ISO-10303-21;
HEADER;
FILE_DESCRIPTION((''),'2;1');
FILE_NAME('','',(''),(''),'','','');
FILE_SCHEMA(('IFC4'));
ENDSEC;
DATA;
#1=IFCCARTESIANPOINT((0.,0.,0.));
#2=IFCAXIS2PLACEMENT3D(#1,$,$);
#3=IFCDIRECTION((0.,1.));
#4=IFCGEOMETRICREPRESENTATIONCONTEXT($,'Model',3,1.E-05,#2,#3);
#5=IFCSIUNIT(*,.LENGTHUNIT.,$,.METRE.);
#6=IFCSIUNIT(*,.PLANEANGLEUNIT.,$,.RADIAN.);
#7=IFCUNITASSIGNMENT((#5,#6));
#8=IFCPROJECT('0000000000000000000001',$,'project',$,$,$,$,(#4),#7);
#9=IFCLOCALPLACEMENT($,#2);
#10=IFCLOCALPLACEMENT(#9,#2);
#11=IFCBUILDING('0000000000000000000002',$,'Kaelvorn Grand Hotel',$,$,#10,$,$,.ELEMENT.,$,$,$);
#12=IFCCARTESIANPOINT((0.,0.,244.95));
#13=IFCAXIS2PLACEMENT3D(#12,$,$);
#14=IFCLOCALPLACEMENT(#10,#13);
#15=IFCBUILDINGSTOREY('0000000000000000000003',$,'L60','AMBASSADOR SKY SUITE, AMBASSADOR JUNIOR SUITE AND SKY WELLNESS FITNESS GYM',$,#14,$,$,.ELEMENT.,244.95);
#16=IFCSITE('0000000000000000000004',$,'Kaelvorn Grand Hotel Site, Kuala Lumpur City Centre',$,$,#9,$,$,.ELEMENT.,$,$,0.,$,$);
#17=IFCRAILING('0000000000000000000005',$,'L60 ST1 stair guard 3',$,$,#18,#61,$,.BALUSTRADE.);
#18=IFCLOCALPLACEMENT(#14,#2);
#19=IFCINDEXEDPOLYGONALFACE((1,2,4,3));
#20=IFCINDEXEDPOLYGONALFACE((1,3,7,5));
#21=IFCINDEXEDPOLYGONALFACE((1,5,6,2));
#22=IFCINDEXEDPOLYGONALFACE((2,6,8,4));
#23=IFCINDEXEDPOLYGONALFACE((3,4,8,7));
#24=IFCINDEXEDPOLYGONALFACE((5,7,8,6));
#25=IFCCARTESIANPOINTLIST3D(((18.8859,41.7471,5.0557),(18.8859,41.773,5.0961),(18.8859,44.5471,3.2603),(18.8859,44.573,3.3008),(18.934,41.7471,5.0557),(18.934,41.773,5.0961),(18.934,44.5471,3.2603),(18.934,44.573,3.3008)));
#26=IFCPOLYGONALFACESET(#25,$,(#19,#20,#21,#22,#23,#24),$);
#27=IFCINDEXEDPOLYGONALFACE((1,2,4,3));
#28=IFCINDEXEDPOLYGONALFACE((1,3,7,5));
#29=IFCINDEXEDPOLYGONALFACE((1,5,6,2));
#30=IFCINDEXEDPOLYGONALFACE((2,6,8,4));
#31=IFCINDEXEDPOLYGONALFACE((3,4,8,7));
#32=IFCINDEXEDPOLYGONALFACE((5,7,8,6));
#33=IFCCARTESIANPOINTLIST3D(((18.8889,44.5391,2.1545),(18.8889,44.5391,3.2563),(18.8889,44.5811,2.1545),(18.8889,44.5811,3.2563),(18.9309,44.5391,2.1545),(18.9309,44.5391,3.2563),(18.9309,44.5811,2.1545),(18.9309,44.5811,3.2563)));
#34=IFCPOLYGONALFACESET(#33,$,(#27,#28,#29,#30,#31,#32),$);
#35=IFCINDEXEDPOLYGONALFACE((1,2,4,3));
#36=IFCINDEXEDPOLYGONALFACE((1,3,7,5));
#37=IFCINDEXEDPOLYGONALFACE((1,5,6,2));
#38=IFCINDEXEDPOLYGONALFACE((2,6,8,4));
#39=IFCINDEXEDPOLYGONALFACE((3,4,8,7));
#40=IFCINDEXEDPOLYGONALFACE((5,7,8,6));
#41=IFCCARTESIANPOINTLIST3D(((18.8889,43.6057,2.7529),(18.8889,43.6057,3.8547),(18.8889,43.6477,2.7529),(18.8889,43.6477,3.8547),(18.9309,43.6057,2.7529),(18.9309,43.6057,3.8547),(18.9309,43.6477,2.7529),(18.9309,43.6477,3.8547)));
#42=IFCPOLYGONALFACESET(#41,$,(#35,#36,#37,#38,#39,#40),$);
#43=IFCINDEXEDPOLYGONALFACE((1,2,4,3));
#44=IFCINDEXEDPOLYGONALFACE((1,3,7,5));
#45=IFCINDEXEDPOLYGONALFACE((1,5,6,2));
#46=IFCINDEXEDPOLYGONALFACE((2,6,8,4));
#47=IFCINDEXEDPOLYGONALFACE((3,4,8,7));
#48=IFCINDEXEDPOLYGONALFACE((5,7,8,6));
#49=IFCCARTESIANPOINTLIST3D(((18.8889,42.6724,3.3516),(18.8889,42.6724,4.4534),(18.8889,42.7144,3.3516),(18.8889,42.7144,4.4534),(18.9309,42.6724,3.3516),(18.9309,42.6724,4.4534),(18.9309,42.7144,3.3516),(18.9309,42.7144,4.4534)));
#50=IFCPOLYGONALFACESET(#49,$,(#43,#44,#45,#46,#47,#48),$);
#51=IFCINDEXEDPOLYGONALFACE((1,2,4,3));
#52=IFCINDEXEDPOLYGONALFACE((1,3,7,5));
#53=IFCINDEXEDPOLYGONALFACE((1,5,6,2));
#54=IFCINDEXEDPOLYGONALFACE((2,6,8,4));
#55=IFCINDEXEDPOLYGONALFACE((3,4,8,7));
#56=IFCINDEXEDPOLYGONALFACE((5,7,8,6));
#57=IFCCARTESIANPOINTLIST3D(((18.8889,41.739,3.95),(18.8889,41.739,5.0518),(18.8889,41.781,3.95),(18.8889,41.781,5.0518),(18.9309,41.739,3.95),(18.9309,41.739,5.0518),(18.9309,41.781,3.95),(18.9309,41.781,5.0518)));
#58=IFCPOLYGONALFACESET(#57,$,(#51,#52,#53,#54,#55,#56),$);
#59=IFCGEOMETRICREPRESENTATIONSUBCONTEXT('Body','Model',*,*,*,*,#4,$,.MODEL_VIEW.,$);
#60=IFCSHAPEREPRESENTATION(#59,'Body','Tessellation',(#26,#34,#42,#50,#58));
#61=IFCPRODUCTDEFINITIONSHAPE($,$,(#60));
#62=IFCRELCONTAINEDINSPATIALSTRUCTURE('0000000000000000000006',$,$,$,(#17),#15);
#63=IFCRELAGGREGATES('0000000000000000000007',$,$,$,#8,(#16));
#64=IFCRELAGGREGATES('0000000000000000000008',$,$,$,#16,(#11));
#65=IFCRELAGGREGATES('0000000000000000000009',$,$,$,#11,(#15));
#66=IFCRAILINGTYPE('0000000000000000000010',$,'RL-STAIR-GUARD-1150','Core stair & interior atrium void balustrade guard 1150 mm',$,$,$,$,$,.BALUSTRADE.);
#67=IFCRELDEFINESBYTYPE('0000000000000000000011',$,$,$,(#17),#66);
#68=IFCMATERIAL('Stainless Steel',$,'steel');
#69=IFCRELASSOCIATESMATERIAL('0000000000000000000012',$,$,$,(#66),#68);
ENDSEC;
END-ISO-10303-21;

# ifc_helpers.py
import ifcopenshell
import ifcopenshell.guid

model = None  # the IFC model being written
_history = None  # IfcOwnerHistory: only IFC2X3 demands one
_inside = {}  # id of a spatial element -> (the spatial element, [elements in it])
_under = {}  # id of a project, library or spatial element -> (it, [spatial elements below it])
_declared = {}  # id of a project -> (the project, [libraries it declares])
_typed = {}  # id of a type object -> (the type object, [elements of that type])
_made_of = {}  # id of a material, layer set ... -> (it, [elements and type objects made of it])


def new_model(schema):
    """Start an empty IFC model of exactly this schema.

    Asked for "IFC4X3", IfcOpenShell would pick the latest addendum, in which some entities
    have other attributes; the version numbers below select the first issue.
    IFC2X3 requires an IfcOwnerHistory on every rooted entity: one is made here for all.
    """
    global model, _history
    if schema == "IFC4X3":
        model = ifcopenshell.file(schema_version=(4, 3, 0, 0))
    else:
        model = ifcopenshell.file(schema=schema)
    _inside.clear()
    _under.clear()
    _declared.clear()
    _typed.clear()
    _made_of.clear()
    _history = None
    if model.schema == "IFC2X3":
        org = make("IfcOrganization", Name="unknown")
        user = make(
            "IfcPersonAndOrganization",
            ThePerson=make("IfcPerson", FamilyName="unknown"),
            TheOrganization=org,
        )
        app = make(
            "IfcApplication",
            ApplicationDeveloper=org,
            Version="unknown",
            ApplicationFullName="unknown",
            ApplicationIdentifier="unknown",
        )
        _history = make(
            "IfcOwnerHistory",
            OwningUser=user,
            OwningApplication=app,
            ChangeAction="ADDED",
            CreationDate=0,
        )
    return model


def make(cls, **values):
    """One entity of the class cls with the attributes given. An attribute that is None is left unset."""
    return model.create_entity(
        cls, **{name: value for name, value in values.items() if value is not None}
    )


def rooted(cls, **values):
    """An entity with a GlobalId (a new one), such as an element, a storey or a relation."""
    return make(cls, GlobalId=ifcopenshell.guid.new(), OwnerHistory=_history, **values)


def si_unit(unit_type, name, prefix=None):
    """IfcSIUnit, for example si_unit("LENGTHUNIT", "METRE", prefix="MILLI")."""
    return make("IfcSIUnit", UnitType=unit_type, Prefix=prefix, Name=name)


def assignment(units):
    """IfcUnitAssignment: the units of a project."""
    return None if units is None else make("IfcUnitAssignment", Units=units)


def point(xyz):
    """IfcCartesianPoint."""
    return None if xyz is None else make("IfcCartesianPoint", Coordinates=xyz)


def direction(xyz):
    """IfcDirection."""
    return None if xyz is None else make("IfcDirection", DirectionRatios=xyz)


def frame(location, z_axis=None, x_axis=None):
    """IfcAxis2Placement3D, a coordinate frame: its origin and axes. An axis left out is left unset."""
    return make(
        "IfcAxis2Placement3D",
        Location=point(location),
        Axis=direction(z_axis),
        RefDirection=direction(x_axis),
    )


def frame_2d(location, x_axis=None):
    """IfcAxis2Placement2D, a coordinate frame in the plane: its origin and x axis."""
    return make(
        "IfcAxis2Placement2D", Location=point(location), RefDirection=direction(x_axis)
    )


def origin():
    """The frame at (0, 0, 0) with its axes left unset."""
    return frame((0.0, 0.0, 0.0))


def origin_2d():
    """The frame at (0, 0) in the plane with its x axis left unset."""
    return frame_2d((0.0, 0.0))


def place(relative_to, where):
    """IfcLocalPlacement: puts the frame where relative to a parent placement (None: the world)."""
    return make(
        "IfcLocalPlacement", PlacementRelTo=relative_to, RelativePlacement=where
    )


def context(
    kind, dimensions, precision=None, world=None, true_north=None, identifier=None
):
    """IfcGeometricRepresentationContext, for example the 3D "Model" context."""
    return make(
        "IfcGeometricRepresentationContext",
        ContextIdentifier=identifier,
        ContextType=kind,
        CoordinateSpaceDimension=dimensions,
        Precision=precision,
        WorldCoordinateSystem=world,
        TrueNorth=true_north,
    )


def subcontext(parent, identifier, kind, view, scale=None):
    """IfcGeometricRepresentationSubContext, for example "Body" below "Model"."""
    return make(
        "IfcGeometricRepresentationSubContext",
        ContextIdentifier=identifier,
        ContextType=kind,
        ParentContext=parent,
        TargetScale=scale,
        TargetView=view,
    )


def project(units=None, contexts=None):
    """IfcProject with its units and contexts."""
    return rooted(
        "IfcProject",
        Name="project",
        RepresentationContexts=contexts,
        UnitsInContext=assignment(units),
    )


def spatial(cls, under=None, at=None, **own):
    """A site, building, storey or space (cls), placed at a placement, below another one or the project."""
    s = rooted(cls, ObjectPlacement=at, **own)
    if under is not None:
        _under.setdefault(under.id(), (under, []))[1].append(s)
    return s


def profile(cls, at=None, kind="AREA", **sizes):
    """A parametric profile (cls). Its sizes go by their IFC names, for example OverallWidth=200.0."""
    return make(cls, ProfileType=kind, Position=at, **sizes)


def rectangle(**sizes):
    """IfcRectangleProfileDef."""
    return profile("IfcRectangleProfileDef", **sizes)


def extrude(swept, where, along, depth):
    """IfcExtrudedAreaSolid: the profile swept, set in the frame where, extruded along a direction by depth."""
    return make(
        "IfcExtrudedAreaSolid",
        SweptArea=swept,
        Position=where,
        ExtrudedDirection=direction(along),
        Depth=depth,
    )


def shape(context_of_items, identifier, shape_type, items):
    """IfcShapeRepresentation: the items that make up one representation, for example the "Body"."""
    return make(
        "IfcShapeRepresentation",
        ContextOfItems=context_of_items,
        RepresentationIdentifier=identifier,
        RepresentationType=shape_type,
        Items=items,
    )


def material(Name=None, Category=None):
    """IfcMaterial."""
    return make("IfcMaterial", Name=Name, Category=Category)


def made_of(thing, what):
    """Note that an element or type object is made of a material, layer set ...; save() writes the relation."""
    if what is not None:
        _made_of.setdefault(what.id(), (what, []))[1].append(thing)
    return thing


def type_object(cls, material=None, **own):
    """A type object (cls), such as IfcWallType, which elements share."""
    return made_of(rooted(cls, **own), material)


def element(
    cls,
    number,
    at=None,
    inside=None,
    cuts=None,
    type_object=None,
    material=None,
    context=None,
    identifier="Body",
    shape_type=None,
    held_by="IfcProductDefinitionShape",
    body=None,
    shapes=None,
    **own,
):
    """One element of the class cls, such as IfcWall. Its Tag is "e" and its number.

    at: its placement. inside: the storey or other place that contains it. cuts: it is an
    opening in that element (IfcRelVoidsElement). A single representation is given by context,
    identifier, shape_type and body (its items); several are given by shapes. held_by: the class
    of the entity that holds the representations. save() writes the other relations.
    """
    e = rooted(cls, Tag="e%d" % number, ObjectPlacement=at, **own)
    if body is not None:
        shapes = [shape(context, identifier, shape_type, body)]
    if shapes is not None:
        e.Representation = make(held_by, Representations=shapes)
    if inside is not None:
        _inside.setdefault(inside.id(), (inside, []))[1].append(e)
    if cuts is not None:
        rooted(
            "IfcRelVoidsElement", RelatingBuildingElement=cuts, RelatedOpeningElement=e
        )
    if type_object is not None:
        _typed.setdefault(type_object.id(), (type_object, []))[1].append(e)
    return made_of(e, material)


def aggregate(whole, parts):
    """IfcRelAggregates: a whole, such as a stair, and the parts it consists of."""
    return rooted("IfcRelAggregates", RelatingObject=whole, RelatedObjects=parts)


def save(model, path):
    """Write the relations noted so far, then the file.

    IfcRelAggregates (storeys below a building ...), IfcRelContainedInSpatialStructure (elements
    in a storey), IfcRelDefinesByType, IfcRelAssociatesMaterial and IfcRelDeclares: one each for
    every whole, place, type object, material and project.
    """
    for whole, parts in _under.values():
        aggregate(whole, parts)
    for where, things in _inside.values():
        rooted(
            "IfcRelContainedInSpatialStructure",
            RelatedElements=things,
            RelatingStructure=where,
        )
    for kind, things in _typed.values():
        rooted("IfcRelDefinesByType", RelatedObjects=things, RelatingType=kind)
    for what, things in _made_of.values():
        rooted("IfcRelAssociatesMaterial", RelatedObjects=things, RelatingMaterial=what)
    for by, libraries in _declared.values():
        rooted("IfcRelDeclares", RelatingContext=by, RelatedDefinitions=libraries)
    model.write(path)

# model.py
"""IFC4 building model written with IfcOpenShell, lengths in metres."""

from ifc_helpers import new_model, si_unit, direction, frame, origin, origin_2d, place, context, subcontext, project, spatial, rectangle, extrude, material, type_object, element, save


model = new_model("IFC4")

# Units and contexts
model_context = context("Model", 3, precision=1e-05, world=origin(), true_north=direction((0.0, 1.0)))
body_context = subcontext(model_context, "Body", "Model", "MODEL_VIEW")
ifc_project = project(units=[si_unit("LENGTHUNIT", "METRE"), si_unit("PLANEANGLEUNIT", "RADIAN")], contexts=[model_context])

# Site, building, storey
site_placement = place(None, origin())
site = spatial("IfcSite", under=ifc_project, at=site_placement, Name="Kaelvorn Grand Hotel Site, Kuala Lumpur City Centre", CompositionType="ELEMENT", RefElevation=0.0)
building_placement = place(site_placement, origin())
building = spatial("IfcBuilding", under=site, at=building_placement, Name="Kaelvorn Grand Hotel", CompositionType="ELEMENT")
storey_placement = place(building_placement, frame((0.0, 0.0, 244.95)))
storey = spatial("IfcBuildingStorey", under=building, at=storey_placement, Name="L60", Description="AMBASSADOR SKY SUITE, AMBASSADOR JUNIOR SUITE AND SKY WELLNESS FITNESS GYM", CompositionType="ELEMENT", Elevation=244.95)

# Railing
ifc_material_1 = material(Name="Stainless Steel", Category="steel")
railing_type_1 = type_object("IfcRailingType", Name="RL-STAIR-GUARD-1150", Description="Core stair & interior atrium void balustrade guard 1150 mm", PredefinedType="BALUSTRADE", material=ifc_material_1)
railing_1_placement = place(storey_placement, frame((18.9099, 44.5601, 2.1545)))
element("IfcRailing", 1, at=railing_1_placement, inside=storey, type_object=railing_type_1, Name="L60 ST1 stair guard 3", PredefinedType="BALUSTRADE", context=body_context, shape_type="SweptSolid", body=[
    extrude(rectangle(XDim=0.0481, YDim=0.0481, at=origin_2d()), frame((0.0, 0.0, 1.126), z_axis=(0.0, -0.84181, 0.539774), x_axis=(1.0, 0.0, 0.0)), (0.0, 0.0, 1.0), 3.3262),
    extrude(rectangle(XDim=0.042, YDim=0.042, at=origin_2d()), origin(), (0.0, 0.0, 1.0), 1.1018),
    extrude(rectangle(XDim=0.042, YDim=0.042, at=origin_2d()), frame((0.0, -0.9333, 0.5984)), (0.0, 0.0, 1.0), 1.1018),
    extrude(rectangle(XDim=0.042, YDim=0.042, at=origin_2d()), frame((0.0, -1.8667, 1.197)), (0.0, 0.0, 1.0), 1.1018),
    extrude(rectangle(XDim=0.042, YDim=0.042, at=origin_2d()), frame((0.0, -2.8, 1.7954)), (0.0, 0.0, 1.0), 1.1018),
])

save(model, "model.ifc")
